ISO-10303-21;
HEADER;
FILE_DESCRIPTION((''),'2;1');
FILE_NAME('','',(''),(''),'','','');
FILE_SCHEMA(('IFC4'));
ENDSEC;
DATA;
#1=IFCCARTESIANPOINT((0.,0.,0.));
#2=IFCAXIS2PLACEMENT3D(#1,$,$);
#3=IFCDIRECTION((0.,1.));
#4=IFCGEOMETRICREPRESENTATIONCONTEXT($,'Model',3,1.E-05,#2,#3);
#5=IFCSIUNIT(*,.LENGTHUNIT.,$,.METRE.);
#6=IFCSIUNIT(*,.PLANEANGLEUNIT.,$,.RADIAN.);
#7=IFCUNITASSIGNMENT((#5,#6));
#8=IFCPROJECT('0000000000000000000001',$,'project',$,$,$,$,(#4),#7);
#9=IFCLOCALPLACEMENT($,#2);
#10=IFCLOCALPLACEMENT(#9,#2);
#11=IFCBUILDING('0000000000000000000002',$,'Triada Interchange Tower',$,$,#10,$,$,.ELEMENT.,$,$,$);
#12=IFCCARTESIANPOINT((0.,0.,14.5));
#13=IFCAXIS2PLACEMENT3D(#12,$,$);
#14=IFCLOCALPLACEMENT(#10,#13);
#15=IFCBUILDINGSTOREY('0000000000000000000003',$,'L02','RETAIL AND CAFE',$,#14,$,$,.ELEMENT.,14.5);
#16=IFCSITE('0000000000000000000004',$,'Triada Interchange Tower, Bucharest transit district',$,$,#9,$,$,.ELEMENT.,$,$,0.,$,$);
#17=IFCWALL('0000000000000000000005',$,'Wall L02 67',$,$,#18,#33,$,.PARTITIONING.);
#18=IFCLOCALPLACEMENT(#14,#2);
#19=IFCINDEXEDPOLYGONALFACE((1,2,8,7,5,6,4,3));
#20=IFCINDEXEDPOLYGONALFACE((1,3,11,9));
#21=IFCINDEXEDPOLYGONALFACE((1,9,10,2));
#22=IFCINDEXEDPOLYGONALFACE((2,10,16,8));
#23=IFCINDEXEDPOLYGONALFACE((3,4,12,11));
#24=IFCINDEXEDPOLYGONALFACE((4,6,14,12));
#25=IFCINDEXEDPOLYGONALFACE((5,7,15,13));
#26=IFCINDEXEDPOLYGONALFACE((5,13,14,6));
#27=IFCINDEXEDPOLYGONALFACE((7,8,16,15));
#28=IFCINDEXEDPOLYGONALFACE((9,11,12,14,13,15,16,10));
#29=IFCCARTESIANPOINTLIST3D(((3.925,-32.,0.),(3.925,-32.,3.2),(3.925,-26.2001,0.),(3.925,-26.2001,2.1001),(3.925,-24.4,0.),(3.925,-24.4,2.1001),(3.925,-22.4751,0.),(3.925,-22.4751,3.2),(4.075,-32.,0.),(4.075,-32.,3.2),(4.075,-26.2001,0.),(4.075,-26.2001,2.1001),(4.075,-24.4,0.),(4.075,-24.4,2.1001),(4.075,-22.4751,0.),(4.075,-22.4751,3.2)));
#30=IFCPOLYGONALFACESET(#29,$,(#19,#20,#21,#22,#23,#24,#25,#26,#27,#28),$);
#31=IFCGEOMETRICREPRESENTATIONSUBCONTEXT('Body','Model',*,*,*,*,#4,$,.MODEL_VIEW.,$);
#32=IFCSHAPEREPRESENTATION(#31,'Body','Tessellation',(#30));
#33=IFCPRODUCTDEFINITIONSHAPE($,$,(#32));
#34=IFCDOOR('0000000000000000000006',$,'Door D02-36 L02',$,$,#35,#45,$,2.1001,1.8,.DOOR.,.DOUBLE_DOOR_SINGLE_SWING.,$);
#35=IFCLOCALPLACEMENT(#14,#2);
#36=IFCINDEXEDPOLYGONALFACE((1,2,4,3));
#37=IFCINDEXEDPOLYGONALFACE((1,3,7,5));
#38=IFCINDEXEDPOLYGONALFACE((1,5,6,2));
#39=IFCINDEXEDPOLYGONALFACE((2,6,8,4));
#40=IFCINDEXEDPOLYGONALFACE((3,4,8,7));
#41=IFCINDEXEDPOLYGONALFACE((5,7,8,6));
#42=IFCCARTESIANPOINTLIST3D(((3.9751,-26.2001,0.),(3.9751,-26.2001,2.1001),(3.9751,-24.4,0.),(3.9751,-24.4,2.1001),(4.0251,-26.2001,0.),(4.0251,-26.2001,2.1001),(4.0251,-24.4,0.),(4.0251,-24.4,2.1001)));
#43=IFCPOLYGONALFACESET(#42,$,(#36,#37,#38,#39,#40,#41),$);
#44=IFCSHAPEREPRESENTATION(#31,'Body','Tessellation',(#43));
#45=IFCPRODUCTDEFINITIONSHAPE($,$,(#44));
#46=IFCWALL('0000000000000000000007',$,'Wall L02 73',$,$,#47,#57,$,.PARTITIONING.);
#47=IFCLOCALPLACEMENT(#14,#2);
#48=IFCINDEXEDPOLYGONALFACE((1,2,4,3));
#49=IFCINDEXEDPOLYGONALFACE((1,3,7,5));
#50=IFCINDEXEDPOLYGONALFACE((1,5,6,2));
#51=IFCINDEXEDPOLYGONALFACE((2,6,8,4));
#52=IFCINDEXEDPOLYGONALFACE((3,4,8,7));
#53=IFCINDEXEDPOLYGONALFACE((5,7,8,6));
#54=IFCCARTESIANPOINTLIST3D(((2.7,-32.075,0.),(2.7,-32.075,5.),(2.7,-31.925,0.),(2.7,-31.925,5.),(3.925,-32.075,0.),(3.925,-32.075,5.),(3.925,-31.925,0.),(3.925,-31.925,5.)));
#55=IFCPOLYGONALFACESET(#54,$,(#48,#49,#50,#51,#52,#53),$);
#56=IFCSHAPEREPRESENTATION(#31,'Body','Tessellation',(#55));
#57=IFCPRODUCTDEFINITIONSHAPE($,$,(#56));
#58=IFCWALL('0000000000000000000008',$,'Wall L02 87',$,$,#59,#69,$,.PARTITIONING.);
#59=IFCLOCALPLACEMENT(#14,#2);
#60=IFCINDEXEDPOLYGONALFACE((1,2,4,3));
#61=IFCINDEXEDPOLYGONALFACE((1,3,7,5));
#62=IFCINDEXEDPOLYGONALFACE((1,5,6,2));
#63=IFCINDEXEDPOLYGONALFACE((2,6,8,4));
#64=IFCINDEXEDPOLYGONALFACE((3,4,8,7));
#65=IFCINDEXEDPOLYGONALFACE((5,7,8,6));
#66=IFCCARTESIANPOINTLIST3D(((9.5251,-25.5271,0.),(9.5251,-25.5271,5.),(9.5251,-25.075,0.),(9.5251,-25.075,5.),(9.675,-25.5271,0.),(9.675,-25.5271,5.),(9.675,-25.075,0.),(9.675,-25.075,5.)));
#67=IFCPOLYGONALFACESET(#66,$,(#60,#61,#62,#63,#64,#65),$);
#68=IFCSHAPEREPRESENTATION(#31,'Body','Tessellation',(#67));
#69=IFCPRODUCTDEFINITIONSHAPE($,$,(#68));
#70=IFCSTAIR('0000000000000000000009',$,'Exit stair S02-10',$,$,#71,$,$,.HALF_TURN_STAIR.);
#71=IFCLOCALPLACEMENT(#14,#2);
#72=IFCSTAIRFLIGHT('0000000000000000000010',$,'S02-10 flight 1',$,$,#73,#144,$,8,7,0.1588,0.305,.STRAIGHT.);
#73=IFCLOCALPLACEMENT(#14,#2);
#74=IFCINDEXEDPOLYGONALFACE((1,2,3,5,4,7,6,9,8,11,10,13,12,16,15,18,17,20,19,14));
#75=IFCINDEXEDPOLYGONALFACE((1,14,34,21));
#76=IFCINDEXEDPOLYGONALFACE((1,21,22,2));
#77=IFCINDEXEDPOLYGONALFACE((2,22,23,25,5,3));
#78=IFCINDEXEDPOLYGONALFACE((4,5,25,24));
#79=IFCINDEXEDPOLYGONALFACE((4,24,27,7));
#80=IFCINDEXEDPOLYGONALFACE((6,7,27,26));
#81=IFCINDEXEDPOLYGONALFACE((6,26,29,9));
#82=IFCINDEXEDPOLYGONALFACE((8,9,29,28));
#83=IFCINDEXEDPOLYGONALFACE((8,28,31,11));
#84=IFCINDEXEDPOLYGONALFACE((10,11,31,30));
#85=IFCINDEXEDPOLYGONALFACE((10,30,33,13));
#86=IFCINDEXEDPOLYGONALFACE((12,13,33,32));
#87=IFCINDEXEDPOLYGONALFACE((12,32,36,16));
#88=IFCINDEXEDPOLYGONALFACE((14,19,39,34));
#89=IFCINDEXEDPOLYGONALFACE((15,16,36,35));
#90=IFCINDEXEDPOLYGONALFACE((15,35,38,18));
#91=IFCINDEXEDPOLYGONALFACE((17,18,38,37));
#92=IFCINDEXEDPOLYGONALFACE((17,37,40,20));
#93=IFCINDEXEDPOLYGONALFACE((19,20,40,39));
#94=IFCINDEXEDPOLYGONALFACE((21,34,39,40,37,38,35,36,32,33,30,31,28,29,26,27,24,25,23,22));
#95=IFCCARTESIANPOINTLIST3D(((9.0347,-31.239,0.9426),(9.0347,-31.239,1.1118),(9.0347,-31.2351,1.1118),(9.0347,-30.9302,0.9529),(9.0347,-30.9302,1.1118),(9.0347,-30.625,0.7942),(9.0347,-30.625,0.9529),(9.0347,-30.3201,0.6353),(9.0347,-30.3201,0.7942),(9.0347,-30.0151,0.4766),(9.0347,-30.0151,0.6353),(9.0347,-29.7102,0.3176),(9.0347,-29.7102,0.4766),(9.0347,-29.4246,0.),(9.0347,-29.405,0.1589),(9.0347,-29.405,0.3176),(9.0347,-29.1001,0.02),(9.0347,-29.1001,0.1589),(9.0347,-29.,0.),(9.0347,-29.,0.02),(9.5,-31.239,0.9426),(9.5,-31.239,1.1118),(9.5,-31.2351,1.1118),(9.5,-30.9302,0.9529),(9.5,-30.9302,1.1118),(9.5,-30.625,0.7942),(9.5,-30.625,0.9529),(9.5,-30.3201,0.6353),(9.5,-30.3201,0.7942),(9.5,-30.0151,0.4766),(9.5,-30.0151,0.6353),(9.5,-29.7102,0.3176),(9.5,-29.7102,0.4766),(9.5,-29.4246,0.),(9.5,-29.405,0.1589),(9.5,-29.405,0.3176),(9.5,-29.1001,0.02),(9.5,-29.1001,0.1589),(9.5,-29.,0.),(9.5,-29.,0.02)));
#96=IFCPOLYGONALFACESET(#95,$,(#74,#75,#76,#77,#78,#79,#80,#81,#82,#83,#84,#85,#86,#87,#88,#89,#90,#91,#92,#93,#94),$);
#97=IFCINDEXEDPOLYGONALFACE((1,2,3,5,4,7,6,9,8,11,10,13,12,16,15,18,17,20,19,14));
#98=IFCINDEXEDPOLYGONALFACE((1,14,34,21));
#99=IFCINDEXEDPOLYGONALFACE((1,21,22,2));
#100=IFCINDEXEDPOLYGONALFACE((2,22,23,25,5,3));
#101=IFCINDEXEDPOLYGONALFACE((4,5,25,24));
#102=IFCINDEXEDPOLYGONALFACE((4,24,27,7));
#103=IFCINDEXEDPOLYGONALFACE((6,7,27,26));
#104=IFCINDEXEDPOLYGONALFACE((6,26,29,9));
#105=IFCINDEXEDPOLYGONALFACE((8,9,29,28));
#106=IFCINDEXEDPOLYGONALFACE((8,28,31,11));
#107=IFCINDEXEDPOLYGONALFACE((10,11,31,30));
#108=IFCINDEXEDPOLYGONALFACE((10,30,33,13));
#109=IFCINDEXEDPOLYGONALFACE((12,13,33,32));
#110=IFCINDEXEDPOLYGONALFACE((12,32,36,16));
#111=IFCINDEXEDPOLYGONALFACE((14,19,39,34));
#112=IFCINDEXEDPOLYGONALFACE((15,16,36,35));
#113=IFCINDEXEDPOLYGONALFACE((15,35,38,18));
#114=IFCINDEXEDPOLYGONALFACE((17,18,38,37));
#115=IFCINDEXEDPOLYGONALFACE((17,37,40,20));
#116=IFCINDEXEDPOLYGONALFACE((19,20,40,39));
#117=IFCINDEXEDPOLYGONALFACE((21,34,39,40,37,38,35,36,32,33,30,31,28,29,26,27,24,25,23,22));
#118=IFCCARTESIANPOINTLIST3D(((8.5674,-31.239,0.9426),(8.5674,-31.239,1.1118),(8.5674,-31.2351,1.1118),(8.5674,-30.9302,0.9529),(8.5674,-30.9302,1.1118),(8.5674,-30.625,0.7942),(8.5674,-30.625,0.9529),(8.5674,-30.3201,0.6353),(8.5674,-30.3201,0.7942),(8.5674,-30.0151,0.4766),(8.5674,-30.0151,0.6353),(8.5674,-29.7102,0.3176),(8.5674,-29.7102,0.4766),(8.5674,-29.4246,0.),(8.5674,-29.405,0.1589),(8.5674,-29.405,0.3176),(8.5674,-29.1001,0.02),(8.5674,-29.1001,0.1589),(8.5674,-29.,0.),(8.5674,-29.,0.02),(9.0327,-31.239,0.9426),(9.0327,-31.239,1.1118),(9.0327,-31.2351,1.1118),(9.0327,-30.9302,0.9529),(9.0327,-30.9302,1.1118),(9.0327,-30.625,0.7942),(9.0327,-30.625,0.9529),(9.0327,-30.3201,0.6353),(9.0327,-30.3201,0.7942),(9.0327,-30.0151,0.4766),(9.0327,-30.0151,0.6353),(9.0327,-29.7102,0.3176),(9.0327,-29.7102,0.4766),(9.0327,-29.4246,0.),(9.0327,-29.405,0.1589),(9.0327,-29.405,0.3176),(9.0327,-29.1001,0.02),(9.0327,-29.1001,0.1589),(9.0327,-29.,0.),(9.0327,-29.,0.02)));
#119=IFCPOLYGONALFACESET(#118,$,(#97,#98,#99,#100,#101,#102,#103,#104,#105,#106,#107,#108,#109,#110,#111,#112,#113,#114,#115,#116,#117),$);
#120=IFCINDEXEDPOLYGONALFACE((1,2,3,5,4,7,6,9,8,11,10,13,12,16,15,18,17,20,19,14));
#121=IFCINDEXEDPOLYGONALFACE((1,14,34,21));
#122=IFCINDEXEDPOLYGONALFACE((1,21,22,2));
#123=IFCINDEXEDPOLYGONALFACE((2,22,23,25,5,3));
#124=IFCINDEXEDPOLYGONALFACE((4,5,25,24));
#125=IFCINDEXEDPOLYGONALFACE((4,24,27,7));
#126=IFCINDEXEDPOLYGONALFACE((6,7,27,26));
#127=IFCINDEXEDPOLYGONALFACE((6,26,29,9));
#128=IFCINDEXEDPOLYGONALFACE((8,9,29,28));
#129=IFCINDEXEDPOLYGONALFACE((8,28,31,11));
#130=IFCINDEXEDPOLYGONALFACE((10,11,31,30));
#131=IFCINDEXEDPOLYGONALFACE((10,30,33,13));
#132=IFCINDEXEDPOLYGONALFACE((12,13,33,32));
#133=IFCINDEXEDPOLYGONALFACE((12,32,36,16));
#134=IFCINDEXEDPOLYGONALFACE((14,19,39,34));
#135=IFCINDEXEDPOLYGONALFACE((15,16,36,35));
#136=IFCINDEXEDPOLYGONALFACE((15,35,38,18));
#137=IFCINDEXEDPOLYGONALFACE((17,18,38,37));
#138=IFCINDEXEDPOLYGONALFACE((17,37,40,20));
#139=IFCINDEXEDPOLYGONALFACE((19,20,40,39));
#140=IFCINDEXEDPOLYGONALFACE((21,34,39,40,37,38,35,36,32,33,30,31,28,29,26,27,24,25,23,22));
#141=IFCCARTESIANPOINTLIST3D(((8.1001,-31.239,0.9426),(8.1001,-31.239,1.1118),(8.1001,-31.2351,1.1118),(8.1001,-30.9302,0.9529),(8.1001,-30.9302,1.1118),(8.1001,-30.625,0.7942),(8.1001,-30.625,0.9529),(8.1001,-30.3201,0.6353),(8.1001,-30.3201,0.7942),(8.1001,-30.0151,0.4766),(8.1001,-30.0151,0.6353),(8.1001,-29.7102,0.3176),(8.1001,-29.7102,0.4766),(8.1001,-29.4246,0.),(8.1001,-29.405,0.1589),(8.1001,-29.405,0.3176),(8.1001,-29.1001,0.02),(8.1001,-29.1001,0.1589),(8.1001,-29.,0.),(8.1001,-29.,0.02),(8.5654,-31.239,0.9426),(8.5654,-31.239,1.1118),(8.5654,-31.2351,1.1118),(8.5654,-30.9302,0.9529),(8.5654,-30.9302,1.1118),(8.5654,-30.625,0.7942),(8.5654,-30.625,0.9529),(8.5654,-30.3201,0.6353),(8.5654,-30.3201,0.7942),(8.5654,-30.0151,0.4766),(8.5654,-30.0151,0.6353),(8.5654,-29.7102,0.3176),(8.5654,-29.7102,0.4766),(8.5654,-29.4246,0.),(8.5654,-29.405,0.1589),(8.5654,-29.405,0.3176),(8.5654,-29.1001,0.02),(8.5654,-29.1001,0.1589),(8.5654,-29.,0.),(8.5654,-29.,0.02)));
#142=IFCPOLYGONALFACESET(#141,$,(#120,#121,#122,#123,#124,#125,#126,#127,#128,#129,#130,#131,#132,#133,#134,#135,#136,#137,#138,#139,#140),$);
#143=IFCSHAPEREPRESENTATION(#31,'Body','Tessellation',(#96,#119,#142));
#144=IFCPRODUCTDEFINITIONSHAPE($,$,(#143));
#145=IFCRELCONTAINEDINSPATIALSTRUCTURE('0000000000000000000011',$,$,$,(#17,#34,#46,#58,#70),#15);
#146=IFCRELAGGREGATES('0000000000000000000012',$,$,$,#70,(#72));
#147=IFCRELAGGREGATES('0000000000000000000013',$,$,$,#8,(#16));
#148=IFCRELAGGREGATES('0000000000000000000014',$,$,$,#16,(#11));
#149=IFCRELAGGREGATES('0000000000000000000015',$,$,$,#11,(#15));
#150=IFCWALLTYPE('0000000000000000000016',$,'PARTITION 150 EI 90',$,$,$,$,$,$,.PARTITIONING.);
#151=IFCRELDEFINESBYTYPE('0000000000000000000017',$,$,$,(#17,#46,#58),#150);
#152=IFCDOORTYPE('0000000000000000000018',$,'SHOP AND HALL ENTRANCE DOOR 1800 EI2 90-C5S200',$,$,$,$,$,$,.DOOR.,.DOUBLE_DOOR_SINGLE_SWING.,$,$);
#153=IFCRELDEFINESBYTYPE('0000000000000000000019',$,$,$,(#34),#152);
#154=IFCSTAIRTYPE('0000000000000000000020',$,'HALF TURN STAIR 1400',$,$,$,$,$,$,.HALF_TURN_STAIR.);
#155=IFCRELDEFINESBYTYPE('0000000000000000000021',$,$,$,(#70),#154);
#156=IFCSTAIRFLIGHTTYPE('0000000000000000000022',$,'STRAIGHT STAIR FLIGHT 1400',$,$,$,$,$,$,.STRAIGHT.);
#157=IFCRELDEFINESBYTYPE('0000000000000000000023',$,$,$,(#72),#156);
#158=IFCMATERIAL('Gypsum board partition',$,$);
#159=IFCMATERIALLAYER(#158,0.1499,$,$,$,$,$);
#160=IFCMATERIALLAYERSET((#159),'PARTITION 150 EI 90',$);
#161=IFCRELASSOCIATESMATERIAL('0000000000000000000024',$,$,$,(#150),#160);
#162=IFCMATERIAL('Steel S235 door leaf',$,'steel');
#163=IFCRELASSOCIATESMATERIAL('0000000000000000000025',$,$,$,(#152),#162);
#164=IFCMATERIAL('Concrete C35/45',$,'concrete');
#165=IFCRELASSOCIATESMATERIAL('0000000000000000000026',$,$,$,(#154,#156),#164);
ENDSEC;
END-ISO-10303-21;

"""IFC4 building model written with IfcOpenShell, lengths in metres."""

from ifc_helpers import new_model, si_unit, direction, frame, frame_2d, origin, place, context, subcontext, project, spatial, polyline, rectangle, outline, extrude, material, layer, layer_set, type_object, element, fill, aggregate, save


model = new_model("IFC4")

# Units and contexts
model_context = context("Model", 3, precision=1e-05, world=origin(), true_north=direction((0.0, 1.0)))
body_context = subcontext(model_context, "Body", "Model", "MODEL_VIEW")
ifc_project = project(units=[si_unit("LENGTHUNIT", "METRE"), si_unit("PLANEANGLEUNIT", "RADIAN")], contexts=[model_context])

# Site, building, storey
site_placement = place(None, origin())
site = spatial("IfcSite", under=ifc_project, at=site_placement, Name="Triada Interchange Tower, Bucharest transit district", CompositionType="ELEMENT", RefElevation=0.0)
building_placement = place(site_placement, origin())
building = spatial("IfcBuilding", under=site, at=building_placement, Name="Triada Interchange Tower", CompositionType="ELEMENT")
storey_placement = place(building_placement, frame((0.0, 0.0, 14.5)))
storey = spatial("IfcBuildingStorey", under=building, at=storey_placement, Name="L02", Description="RETAIL AND CAFE", CompositionType="ELEMENT", Elevation=14.5)

# Shared definitions
ifc_material_1 = material(Name="Concrete C35/45", Category="concrete")

# Shared definitions
ifc_material_2 = material(Name="Steel S235 door leaf", Category="steel")

# Shared definitions
ifc_material_3 = material(Name="Gypsum board partition")

# Wall, opening, door
ifc_layer_1 = layer(ifc_material_3, 0.1499)
ifc_layer_set_1 = layer_set([ifc_layer_1], Name="PARTITION 150 EI 90")
wall_type_1 = type_object("IfcWallType", Name="PARTITION 150 EI 90", PredefinedType="PARTITIONING", material=ifc_layer_set_1)
wall_1_placement = place(storey_placement, frame((4.0, -32.0, 0.0), z_axis=(0.0, 0.0, 1.0), x_axis=(0.0, 1.0, 0.0)))
wall_1 = element("IfcWall", 1, at=wall_1_placement, inside=storey, type_object=wall_type_1, Name="Wall L02 67", PredefinedType="PARTITIONING", context=body_context, shape_type="SweptSolid", body=[
    extrude(rectangle(XDim=9.5249, YDim=0.1499, at=frame_2d((4.7625, 0.0))), origin(), (0.0, 0.0, 1.0), 3.2),
])
opening_1_placement = place(wall_1_placement, frame((5.8, 0.0, 0.0)))
opening_1 = element("IfcOpeningElement", 2, at=opening_1_placement, cuts=wall_1, PredefinedType="OPENING", context=body_context, shape_type="SweptSolid", body=[
    extrude(rectangle(XDim=1.8, YDim=2.1001, at=frame_2d((0.8999, 1.05))), frame((0.0, 0.085, 0.0), z_axis=(0.0, -1.0, 0.0), x_axis=(1.0, 0.0, 0.0)), (0.0, 0.0, 1.0), 0.1699),
])
door_type_1 = type_object("IfcDoorType", Name="SHOP AND HALL ENTRANCE DOOR 1800 EI2 90-C5S200", OperationType="DOUBLE_DOOR_SINGLE_SWING", PredefinedType="DOOR", material=ifc_material_2)
door_1_placement = place(opening_1_placement, origin())
door_1 = element("IfcDoor", 3, at=door_1_placement, inside=storey, type_object=door_type_1, Name="Door D02-36 L02", OperationType="DOUBLE_DOOR_SINGLE_SWING", OverallHeight=2.1001, OverallWidth=1.8, PredefinedType="DOOR", context=body_context, shape_type="SweptSolid", body=[
    extrude(rectangle(XDim=1.8, YDim=2.1001, at=frame_2d((0.8999, 1.05))), frame((0.0, 0.0249, 0.0), z_axis=(0.0, -1.0, 0.0), x_axis=(1.0, 0.0, 0.0)), (0.0, 0.0, 1.0), 0.05),
])
fill(opening_1, door_1)

# Walls
wall_2_placement = place(storey_placement, frame((2.7, -32.0, 0.0), z_axis=(0.0, 0.0, 1.0), x_axis=(1.0, 0.0, 0.0)))
element("IfcWall", 4, at=wall_2_placement, inside=storey, type_object=wall_type_1, Name="Wall L02 73", PredefinedType="PARTITIONING", context=body_context, shape_type="SweptSolid", body=[
    extrude(rectangle(XDim=1.2251, YDim=0.1499, at=frame_2d((0.6125, 0.0))), origin(), (0.0, 0.0, 1.0), 5.0),
])
wall_3_placement = place(storey_placement, frame((9.6001, -25.5271, 0.0), z_axis=(0.0, 0.0, 1.0), x_axis=(0.0, 1.0, 0.0)))
element("IfcWall", 5, at=wall_3_placement, inside=storey, type_object=wall_type_1, Name="Wall L02 87", PredefinedType="PARTITIONING", context=body_context, shape_type="SweptSolid", body=[
    extrude(rectangle(XDim=0.4521, YDim=0.1499, at=frame_2d((0.2261, 0.0))), origin(), (0.0, 0.0, 1.0), 5.0),
])

# Stair, stair flight
stair_type = type_object("IfcStairType", Name="HALF TURN STAIR 1400", PredefinedType="HALF_TURN_STAIR", material=ifc_material_1)
stair_placement = place(storey_placement, origin())
stair = element("IfcStair", 6, at=stair_placement, inside=storey, type_object=stair_type, Name="Exit stair S02-10", PredefinedType="HALF_TURN_STAIR")
stair_flight_type = type_object("IfcStairFlightType", Name="STRAIGHT STAIR FLIGHT 1400", PredefinedType="STRAIGHT", material=ifc_material_1)
stair_flight_1_placement = place(storey_placement, frame((8.8, -29.1001, 0.0), z_axis=(0.0, 0.0, 1.0), x_axis=(0.0, -1.0, 0.0)))
stair_flight_1 = element("IfcStairFlight", 7, at=stair_flight_1_placement, type_object=stair_flight_type, Name="S02-10 flight 1", NumberOfRisers=8, NumberOfTreads=7, PredefinedType="STRAIGHT", RiserHeight=0.1588, TreadLength=0.305, context=body_context, shape_type="SweptSolid", body=[
    extrude(outline(polyline([(-0.1001, 0.0), (-0.1001, 0.02), (0.0, 0.02), (0.0, 0.1589), (0.3049, 0.1589), (0.3049, 0.3176), (0.6101, 0.3176), (0.6101, 0.4766), (0.915, 0.4766), (0.915, 0.6353), (1.22, 0.6353), (1.22, 0.7942), (1.5249, 0.7942), (1.5249, 0.9529), (1.8301, 0.9529), (1.8301, 1.1118), (2.135, 1.1118), (2.1389, 1.1118), (2.1389, 1.2705), (2.1389, 0.9426), (0.3245, 0.0), (-0.1001, 0.0)])), frame((0.0, 0.7, 0.0), z_axis=(0.0, -1.0, 0.0), x_axis=(1.0, 0.0, 0.0)), (0.0, 0.0, 1.0), 0.4653),
    extrude(outline(polyline([(-0.1001, 0.0), (-0.1001, 0.02), (0.0, 0.02), (0.0, 0.1589), (0.3049, 0.1589), (0.3049, 0.3176), (0.6101, 0.3176), (0.6101, 0.4766), (0.915, 0.4766), (0.915, 0.6353), (1.22, 0.6353), (1.22, 0.7942), (1.5249, 0.7942), (1.5249, 0.9529), (1.8301, 0.9529), (1.8301, 1.1118), (2.135, 1.1118), (2.1389, 1.1118), (2.1389, 1.2705), (2.1389, 0.9426), (0.3245, 0.0), (-0.1001, 0.0)])), frame((0.0, 0.2327, 0.0), z_axis=(0.0, -1.0, 0.0), x_axis=(1.0, 0.0, 0.0)), (0.0, 0.0, 1.0), 0.4653),
    extrude(outline(polyline([(-0.1001, 0.0), (-0.1001, 0.02), (0.0, 0.02), (0.0, 0.1589), (0.3049, 0.1589), (0.3049, 0.3176), (0.6101, 0.3176), (0.6101, 0.4766), (0.915, 0.4766), (0.915, 0.6353), (1.22, 0.6353), (1.22, 0.7942), (1.5249, 0.7942), (1.5249, 0.9529), (1.8301, 0.9529), (1.8301, 1.1118), (2.135, 1.1118), (2.1389, 1.1118), (2.1389, 1.2705), (2.1389, 0.9426), (0.3245, 0.0), (-0.1001, 0.0)])), frame((0.0, -0.2346, 0.0), z_axis=(0.0, -1.0, 0.0), x_axis=(1.0, 0.0, 0.0)), (0.0, 0.0, 1.0), 0.4653),
])
aggregate(stair, [stair_flight_1])

save(model, "model.ifc")
